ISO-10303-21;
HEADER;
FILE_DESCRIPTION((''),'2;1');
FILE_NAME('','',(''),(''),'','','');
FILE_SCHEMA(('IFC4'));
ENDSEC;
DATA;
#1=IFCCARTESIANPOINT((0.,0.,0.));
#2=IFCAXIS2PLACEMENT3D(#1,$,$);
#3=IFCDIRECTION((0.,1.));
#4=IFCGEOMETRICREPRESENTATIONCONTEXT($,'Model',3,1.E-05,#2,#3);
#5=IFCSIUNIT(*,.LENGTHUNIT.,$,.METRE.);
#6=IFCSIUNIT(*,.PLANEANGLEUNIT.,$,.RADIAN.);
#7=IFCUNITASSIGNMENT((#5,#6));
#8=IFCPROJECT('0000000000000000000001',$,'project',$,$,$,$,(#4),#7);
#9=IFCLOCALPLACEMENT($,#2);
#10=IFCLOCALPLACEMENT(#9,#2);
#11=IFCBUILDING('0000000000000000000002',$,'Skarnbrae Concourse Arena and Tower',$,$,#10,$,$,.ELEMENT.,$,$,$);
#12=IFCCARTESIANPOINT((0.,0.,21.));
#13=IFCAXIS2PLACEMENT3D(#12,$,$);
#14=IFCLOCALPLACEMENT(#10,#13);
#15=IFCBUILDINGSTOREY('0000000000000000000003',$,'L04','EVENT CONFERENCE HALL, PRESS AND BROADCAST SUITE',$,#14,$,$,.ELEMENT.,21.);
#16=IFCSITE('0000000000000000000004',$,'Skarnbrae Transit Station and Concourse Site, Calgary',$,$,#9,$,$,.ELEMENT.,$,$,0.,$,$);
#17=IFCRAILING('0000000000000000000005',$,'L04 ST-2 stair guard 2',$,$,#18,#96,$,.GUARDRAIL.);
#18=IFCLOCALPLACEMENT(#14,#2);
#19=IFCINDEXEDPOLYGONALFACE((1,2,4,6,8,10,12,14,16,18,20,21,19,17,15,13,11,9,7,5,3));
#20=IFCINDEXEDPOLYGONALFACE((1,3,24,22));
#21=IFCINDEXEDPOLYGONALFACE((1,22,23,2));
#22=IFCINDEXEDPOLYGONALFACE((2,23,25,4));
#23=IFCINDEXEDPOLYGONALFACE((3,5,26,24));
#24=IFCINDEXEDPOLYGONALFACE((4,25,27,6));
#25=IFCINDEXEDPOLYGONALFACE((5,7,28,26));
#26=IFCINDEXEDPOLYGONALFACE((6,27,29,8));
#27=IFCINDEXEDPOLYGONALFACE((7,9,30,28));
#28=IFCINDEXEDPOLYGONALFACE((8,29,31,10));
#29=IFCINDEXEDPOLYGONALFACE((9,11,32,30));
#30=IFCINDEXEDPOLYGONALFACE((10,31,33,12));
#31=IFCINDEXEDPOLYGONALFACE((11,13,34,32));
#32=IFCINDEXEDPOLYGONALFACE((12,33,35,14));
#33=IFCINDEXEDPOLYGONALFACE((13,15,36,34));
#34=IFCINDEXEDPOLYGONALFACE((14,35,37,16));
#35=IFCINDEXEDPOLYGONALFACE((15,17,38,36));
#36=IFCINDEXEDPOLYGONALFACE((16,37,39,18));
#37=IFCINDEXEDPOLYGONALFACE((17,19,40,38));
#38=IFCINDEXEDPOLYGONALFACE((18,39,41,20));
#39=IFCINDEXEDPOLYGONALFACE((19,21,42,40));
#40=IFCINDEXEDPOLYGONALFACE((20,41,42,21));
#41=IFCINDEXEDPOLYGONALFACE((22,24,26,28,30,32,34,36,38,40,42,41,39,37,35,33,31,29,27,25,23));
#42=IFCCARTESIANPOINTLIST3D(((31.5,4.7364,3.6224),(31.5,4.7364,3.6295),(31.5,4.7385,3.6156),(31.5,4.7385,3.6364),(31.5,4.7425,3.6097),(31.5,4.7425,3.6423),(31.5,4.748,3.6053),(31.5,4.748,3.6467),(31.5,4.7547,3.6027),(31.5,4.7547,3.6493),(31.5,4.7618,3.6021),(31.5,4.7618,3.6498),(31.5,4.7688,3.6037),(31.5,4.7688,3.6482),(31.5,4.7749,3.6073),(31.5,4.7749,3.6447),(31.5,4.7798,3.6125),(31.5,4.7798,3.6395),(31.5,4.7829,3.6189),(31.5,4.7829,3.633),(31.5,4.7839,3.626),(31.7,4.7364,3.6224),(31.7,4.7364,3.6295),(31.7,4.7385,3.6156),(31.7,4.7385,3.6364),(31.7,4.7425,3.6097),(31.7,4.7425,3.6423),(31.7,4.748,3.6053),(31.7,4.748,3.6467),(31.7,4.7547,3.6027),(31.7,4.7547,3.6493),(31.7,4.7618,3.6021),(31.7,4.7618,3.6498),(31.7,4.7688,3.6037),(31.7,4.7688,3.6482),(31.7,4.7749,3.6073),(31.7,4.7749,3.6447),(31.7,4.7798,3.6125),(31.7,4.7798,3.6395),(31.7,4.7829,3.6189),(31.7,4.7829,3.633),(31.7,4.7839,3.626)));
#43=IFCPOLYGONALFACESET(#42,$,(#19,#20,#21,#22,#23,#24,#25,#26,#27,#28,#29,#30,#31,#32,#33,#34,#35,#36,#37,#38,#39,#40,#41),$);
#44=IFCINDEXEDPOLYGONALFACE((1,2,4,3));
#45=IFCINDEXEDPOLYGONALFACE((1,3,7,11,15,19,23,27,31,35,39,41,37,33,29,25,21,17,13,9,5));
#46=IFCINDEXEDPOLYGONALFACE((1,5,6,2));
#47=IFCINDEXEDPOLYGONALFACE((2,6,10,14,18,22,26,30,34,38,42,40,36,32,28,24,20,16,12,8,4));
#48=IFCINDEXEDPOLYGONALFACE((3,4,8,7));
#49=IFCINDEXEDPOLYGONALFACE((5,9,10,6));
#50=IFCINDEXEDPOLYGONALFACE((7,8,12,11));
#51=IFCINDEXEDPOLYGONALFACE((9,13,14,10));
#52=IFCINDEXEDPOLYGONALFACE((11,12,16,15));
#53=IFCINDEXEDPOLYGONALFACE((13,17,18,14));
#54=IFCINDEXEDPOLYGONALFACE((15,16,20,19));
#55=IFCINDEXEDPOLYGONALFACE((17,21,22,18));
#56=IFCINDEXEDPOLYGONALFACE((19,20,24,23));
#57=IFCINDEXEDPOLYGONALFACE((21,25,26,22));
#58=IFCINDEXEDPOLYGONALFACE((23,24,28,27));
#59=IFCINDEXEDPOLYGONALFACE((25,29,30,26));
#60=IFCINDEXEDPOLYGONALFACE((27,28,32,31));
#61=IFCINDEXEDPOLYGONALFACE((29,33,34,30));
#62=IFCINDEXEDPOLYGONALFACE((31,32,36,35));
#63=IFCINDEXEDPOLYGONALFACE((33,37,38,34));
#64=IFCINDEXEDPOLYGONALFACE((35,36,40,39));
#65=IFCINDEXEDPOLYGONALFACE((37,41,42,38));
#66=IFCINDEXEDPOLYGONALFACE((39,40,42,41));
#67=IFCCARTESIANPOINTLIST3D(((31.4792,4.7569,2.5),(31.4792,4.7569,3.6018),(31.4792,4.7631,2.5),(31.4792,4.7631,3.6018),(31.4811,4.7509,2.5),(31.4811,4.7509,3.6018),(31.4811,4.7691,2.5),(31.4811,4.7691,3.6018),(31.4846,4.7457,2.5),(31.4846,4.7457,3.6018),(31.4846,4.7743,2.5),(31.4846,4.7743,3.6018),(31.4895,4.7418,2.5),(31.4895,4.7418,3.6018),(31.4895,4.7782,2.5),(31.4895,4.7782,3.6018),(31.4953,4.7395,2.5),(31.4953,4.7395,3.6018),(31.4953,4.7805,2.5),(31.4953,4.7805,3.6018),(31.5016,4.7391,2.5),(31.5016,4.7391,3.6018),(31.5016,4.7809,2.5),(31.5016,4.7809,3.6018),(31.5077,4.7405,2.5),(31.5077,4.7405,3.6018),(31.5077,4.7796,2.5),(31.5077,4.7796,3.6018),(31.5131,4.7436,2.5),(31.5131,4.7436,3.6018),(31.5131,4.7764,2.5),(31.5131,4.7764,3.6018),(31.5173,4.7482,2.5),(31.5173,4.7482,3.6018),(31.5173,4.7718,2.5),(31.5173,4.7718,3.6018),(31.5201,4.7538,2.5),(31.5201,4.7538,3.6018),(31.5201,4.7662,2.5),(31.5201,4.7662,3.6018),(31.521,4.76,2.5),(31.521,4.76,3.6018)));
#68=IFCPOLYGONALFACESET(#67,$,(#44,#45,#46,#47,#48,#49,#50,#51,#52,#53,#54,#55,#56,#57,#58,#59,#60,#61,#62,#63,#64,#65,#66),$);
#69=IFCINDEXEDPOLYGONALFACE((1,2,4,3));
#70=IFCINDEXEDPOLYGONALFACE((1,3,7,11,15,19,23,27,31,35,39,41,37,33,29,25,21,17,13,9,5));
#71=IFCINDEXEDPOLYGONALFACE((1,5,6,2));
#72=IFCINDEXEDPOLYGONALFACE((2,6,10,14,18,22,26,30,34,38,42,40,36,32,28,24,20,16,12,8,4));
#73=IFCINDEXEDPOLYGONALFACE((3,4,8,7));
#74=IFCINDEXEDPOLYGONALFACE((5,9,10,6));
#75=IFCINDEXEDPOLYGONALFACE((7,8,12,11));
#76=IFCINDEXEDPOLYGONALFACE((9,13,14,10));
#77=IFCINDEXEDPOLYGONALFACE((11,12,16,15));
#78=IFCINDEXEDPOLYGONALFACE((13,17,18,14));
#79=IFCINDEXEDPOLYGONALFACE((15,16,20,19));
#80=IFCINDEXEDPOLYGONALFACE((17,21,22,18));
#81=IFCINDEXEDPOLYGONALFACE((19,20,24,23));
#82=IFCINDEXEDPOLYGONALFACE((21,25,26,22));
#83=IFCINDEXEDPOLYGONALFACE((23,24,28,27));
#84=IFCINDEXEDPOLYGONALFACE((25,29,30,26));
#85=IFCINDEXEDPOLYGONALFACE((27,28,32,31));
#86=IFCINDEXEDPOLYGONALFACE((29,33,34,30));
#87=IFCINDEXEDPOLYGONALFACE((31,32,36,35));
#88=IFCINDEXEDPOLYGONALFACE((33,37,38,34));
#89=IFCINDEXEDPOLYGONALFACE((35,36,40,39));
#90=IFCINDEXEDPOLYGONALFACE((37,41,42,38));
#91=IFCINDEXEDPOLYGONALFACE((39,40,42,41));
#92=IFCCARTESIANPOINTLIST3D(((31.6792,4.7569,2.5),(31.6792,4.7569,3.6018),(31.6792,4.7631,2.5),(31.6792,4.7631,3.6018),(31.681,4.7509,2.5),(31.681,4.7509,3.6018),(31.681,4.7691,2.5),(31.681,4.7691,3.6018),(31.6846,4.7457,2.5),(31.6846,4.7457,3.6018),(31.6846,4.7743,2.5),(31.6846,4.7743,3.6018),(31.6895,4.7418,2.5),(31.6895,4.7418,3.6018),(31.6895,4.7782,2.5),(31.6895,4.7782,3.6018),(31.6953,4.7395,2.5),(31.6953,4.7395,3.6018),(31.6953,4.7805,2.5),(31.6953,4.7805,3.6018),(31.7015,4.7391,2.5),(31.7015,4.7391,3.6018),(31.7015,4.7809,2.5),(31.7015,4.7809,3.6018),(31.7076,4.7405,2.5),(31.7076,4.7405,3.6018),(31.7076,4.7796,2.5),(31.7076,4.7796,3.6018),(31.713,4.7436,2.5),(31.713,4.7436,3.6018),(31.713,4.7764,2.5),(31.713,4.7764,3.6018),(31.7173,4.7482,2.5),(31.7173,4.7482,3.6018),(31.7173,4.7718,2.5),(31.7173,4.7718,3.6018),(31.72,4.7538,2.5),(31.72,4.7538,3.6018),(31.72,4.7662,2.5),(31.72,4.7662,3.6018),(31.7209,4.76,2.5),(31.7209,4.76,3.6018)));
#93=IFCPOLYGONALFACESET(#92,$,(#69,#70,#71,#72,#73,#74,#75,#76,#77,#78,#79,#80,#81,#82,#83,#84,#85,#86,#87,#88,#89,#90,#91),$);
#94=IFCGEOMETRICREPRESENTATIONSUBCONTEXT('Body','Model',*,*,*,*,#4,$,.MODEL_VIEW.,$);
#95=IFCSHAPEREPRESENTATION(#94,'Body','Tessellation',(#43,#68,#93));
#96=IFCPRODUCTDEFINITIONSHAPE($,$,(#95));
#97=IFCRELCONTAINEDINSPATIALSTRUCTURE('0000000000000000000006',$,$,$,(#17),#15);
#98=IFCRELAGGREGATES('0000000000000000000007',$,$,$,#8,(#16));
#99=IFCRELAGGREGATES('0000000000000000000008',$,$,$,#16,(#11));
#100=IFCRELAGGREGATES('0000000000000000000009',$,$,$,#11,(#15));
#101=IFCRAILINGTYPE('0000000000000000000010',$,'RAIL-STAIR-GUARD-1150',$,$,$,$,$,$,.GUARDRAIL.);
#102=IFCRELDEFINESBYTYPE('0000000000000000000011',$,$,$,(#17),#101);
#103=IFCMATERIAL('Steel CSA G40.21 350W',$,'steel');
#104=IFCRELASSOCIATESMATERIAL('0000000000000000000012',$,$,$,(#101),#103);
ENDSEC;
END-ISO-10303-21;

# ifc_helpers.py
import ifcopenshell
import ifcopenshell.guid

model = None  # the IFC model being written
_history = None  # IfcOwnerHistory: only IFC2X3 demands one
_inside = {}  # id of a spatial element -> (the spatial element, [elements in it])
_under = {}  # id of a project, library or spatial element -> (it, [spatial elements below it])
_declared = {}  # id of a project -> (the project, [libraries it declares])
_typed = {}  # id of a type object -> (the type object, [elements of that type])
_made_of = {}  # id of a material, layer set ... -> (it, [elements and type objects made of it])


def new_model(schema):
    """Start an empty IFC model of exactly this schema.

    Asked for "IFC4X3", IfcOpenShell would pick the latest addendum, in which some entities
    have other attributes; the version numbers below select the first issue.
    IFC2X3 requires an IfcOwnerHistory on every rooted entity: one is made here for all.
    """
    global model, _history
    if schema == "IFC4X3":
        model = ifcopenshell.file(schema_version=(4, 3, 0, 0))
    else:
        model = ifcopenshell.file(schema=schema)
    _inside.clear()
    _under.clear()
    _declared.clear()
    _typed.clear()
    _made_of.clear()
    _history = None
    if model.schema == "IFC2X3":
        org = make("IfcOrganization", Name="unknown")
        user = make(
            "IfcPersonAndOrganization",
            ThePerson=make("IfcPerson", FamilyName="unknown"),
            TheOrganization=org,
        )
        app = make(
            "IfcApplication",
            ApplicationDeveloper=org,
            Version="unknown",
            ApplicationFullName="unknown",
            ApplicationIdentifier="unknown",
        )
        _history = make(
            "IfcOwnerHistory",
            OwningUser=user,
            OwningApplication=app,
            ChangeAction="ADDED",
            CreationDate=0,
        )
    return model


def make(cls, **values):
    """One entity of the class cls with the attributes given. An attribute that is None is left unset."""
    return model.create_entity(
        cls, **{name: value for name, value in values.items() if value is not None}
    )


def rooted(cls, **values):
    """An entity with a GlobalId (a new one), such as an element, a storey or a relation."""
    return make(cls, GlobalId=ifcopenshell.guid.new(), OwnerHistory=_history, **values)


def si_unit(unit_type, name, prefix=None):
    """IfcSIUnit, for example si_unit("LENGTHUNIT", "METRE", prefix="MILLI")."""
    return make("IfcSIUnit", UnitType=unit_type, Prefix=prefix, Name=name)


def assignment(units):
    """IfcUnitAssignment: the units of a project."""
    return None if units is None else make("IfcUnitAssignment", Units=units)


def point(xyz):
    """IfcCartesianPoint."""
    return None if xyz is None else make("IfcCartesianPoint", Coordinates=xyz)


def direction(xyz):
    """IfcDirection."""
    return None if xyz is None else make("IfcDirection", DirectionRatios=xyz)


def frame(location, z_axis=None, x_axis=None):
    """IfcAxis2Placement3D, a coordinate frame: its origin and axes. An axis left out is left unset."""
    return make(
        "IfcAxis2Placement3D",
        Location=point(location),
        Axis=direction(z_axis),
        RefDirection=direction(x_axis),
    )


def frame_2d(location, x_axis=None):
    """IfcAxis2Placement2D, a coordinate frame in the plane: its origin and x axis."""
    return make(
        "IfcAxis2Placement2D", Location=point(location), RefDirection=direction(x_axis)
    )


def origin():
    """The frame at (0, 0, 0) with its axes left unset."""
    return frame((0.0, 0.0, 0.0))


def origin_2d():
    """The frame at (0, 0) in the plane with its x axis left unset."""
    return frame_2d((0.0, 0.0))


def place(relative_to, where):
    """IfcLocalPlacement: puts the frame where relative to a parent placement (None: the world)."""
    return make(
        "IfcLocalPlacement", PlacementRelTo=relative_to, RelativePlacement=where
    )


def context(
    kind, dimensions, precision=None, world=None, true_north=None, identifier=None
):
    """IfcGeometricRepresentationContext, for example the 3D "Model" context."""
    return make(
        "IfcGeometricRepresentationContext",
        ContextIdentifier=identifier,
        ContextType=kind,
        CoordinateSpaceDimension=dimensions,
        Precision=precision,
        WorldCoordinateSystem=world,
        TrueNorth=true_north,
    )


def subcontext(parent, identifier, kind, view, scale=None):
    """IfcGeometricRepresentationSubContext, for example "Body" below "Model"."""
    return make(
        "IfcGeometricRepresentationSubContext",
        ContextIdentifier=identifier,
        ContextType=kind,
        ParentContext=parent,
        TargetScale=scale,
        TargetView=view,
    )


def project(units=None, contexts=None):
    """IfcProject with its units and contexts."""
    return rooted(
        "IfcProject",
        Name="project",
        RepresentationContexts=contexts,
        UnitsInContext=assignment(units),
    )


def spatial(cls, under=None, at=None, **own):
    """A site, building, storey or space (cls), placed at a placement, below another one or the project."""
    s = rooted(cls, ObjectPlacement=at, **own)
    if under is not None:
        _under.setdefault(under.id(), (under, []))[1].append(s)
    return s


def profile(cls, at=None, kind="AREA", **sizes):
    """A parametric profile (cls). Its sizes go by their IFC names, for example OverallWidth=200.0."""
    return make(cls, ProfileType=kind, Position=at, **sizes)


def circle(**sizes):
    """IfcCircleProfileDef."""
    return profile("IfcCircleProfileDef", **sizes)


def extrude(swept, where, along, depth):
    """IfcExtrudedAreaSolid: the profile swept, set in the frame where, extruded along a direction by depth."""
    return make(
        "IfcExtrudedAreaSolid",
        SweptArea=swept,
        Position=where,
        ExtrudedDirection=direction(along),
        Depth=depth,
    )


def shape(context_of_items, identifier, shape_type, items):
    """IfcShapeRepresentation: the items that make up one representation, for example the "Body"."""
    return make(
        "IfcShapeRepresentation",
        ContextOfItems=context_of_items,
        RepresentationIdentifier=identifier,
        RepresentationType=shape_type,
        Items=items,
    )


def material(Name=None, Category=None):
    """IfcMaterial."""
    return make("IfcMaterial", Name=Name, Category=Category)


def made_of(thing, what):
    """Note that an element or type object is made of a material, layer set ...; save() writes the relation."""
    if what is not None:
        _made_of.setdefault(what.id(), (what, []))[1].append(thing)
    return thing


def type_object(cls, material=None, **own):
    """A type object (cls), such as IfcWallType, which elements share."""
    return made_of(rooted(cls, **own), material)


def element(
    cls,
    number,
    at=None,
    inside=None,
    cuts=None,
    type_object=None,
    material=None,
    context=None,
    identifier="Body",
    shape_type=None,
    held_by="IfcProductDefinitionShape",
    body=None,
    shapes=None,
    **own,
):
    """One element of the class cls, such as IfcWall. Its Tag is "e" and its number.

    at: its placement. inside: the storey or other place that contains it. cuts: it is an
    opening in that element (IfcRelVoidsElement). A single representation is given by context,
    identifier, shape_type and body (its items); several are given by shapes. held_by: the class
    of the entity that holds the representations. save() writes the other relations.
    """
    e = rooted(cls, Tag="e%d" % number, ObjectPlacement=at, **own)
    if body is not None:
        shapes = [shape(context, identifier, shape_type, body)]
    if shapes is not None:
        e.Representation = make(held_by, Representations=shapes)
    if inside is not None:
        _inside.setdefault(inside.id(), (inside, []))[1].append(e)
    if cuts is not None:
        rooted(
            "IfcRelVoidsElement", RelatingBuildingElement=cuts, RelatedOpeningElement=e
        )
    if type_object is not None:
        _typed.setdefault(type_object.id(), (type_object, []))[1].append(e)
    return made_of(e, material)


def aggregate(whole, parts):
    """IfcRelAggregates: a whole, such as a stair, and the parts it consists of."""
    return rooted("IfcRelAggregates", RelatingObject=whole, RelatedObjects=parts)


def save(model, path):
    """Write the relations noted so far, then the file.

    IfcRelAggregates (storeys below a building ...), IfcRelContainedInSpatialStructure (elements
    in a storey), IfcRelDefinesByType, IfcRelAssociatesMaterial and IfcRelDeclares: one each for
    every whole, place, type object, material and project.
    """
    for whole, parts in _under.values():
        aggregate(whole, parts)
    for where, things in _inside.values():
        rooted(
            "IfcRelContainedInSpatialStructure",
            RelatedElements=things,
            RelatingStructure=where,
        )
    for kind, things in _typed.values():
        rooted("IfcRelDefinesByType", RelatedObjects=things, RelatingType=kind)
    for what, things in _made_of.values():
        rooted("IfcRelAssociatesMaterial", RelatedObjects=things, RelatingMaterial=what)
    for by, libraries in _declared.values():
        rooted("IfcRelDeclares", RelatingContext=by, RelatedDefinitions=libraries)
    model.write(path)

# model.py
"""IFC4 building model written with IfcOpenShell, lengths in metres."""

from ifc_helpers import new_model, si_unit, direction, frame, origin, origin_2d, place, context, subcontext, project, spatial, circle, extrude, material, type_object, element, save


model = new_model("IFC4")

# Units and contexts
model_context = context("Model", 3, precision=1e-05, world=origin(), true_north=direction((0.0, 1.0)))
body_context = subcontext(model_context, "Body", "Model", "MODEL_VIEW")
ifc_project = project(units=[si_unit("LENGTHUNIT", "METRE"), si_unit("PLANEANGLEUNIT", "RADIAN")], contexts=[model_context])

# Site, building, storey
site_placement = place(None, origin())
site = spatial("IfcSite", under=ifc_project, at=site_placement, Name="Skarnbrae Transit Station and Concourse Site, Calgary", CompositionType="ELEMENT", RefElevation=0.0)
building_placement = place(site_placement, origin())
building = spatial("IfcBuilding", under=site, at=building_placement, Name="Skarnbrae Concourse Arena and Tower", CompositionType="ELEMENT")
storey_placement = place(building_placement, frame((0.0, 0.0, 21.0)))
storey = spatial("IfcBuildingStorey", under=building, at=storey_placement, Name="L04", Description="EVENT CONFERENCE HALL, PRESS AND BROADCAST SUITE", CompositionType="ELEMENT", Elevation=21.0)

# Shared definitions
ifc_material_1 = material(Name="Steel CSA G40.21 350W", Category="steel")

# Railing
railing_type_1 = type_object("IfcRailingType", Name="RAIL-STAIR-GUARD-1150", PredefinedType="GUARDRAIL", material=ifc_material_1)
railing_1_placement = place(storey_placement, frame((31.5, 4.76, 2.5)))
element("IfcRailing", 1, at=railing_1_placement, inside=storey, type_object=railing_type_1, Name="L04 ST-2 stair guard 2", PredefinedType="GUARDRAIL", context=body_context, shape_type="SweptSolid", body=[
    extrude(circle(Radius=0.0239, at=origin_2d()), frame((0.0, 0.0, 1.126), z_axis=(1.0, 0.0, 0.0), x_axis=(0.0, 1.0, 0.0)), (0.0, 0.0, 1.0), 0.2),
    extrude(circle(Radius=0.021, at=origin_2d()), origin(), (0.0, 0.0, 1.0), 1.1018),
    extrude(circle(Radius=0.021, at=origin_2d()), frame((0.2, 0.0, 0.0)), (0.0, 0.0, 1.0), 1.1018),
])

save(model, "model.ifc")
